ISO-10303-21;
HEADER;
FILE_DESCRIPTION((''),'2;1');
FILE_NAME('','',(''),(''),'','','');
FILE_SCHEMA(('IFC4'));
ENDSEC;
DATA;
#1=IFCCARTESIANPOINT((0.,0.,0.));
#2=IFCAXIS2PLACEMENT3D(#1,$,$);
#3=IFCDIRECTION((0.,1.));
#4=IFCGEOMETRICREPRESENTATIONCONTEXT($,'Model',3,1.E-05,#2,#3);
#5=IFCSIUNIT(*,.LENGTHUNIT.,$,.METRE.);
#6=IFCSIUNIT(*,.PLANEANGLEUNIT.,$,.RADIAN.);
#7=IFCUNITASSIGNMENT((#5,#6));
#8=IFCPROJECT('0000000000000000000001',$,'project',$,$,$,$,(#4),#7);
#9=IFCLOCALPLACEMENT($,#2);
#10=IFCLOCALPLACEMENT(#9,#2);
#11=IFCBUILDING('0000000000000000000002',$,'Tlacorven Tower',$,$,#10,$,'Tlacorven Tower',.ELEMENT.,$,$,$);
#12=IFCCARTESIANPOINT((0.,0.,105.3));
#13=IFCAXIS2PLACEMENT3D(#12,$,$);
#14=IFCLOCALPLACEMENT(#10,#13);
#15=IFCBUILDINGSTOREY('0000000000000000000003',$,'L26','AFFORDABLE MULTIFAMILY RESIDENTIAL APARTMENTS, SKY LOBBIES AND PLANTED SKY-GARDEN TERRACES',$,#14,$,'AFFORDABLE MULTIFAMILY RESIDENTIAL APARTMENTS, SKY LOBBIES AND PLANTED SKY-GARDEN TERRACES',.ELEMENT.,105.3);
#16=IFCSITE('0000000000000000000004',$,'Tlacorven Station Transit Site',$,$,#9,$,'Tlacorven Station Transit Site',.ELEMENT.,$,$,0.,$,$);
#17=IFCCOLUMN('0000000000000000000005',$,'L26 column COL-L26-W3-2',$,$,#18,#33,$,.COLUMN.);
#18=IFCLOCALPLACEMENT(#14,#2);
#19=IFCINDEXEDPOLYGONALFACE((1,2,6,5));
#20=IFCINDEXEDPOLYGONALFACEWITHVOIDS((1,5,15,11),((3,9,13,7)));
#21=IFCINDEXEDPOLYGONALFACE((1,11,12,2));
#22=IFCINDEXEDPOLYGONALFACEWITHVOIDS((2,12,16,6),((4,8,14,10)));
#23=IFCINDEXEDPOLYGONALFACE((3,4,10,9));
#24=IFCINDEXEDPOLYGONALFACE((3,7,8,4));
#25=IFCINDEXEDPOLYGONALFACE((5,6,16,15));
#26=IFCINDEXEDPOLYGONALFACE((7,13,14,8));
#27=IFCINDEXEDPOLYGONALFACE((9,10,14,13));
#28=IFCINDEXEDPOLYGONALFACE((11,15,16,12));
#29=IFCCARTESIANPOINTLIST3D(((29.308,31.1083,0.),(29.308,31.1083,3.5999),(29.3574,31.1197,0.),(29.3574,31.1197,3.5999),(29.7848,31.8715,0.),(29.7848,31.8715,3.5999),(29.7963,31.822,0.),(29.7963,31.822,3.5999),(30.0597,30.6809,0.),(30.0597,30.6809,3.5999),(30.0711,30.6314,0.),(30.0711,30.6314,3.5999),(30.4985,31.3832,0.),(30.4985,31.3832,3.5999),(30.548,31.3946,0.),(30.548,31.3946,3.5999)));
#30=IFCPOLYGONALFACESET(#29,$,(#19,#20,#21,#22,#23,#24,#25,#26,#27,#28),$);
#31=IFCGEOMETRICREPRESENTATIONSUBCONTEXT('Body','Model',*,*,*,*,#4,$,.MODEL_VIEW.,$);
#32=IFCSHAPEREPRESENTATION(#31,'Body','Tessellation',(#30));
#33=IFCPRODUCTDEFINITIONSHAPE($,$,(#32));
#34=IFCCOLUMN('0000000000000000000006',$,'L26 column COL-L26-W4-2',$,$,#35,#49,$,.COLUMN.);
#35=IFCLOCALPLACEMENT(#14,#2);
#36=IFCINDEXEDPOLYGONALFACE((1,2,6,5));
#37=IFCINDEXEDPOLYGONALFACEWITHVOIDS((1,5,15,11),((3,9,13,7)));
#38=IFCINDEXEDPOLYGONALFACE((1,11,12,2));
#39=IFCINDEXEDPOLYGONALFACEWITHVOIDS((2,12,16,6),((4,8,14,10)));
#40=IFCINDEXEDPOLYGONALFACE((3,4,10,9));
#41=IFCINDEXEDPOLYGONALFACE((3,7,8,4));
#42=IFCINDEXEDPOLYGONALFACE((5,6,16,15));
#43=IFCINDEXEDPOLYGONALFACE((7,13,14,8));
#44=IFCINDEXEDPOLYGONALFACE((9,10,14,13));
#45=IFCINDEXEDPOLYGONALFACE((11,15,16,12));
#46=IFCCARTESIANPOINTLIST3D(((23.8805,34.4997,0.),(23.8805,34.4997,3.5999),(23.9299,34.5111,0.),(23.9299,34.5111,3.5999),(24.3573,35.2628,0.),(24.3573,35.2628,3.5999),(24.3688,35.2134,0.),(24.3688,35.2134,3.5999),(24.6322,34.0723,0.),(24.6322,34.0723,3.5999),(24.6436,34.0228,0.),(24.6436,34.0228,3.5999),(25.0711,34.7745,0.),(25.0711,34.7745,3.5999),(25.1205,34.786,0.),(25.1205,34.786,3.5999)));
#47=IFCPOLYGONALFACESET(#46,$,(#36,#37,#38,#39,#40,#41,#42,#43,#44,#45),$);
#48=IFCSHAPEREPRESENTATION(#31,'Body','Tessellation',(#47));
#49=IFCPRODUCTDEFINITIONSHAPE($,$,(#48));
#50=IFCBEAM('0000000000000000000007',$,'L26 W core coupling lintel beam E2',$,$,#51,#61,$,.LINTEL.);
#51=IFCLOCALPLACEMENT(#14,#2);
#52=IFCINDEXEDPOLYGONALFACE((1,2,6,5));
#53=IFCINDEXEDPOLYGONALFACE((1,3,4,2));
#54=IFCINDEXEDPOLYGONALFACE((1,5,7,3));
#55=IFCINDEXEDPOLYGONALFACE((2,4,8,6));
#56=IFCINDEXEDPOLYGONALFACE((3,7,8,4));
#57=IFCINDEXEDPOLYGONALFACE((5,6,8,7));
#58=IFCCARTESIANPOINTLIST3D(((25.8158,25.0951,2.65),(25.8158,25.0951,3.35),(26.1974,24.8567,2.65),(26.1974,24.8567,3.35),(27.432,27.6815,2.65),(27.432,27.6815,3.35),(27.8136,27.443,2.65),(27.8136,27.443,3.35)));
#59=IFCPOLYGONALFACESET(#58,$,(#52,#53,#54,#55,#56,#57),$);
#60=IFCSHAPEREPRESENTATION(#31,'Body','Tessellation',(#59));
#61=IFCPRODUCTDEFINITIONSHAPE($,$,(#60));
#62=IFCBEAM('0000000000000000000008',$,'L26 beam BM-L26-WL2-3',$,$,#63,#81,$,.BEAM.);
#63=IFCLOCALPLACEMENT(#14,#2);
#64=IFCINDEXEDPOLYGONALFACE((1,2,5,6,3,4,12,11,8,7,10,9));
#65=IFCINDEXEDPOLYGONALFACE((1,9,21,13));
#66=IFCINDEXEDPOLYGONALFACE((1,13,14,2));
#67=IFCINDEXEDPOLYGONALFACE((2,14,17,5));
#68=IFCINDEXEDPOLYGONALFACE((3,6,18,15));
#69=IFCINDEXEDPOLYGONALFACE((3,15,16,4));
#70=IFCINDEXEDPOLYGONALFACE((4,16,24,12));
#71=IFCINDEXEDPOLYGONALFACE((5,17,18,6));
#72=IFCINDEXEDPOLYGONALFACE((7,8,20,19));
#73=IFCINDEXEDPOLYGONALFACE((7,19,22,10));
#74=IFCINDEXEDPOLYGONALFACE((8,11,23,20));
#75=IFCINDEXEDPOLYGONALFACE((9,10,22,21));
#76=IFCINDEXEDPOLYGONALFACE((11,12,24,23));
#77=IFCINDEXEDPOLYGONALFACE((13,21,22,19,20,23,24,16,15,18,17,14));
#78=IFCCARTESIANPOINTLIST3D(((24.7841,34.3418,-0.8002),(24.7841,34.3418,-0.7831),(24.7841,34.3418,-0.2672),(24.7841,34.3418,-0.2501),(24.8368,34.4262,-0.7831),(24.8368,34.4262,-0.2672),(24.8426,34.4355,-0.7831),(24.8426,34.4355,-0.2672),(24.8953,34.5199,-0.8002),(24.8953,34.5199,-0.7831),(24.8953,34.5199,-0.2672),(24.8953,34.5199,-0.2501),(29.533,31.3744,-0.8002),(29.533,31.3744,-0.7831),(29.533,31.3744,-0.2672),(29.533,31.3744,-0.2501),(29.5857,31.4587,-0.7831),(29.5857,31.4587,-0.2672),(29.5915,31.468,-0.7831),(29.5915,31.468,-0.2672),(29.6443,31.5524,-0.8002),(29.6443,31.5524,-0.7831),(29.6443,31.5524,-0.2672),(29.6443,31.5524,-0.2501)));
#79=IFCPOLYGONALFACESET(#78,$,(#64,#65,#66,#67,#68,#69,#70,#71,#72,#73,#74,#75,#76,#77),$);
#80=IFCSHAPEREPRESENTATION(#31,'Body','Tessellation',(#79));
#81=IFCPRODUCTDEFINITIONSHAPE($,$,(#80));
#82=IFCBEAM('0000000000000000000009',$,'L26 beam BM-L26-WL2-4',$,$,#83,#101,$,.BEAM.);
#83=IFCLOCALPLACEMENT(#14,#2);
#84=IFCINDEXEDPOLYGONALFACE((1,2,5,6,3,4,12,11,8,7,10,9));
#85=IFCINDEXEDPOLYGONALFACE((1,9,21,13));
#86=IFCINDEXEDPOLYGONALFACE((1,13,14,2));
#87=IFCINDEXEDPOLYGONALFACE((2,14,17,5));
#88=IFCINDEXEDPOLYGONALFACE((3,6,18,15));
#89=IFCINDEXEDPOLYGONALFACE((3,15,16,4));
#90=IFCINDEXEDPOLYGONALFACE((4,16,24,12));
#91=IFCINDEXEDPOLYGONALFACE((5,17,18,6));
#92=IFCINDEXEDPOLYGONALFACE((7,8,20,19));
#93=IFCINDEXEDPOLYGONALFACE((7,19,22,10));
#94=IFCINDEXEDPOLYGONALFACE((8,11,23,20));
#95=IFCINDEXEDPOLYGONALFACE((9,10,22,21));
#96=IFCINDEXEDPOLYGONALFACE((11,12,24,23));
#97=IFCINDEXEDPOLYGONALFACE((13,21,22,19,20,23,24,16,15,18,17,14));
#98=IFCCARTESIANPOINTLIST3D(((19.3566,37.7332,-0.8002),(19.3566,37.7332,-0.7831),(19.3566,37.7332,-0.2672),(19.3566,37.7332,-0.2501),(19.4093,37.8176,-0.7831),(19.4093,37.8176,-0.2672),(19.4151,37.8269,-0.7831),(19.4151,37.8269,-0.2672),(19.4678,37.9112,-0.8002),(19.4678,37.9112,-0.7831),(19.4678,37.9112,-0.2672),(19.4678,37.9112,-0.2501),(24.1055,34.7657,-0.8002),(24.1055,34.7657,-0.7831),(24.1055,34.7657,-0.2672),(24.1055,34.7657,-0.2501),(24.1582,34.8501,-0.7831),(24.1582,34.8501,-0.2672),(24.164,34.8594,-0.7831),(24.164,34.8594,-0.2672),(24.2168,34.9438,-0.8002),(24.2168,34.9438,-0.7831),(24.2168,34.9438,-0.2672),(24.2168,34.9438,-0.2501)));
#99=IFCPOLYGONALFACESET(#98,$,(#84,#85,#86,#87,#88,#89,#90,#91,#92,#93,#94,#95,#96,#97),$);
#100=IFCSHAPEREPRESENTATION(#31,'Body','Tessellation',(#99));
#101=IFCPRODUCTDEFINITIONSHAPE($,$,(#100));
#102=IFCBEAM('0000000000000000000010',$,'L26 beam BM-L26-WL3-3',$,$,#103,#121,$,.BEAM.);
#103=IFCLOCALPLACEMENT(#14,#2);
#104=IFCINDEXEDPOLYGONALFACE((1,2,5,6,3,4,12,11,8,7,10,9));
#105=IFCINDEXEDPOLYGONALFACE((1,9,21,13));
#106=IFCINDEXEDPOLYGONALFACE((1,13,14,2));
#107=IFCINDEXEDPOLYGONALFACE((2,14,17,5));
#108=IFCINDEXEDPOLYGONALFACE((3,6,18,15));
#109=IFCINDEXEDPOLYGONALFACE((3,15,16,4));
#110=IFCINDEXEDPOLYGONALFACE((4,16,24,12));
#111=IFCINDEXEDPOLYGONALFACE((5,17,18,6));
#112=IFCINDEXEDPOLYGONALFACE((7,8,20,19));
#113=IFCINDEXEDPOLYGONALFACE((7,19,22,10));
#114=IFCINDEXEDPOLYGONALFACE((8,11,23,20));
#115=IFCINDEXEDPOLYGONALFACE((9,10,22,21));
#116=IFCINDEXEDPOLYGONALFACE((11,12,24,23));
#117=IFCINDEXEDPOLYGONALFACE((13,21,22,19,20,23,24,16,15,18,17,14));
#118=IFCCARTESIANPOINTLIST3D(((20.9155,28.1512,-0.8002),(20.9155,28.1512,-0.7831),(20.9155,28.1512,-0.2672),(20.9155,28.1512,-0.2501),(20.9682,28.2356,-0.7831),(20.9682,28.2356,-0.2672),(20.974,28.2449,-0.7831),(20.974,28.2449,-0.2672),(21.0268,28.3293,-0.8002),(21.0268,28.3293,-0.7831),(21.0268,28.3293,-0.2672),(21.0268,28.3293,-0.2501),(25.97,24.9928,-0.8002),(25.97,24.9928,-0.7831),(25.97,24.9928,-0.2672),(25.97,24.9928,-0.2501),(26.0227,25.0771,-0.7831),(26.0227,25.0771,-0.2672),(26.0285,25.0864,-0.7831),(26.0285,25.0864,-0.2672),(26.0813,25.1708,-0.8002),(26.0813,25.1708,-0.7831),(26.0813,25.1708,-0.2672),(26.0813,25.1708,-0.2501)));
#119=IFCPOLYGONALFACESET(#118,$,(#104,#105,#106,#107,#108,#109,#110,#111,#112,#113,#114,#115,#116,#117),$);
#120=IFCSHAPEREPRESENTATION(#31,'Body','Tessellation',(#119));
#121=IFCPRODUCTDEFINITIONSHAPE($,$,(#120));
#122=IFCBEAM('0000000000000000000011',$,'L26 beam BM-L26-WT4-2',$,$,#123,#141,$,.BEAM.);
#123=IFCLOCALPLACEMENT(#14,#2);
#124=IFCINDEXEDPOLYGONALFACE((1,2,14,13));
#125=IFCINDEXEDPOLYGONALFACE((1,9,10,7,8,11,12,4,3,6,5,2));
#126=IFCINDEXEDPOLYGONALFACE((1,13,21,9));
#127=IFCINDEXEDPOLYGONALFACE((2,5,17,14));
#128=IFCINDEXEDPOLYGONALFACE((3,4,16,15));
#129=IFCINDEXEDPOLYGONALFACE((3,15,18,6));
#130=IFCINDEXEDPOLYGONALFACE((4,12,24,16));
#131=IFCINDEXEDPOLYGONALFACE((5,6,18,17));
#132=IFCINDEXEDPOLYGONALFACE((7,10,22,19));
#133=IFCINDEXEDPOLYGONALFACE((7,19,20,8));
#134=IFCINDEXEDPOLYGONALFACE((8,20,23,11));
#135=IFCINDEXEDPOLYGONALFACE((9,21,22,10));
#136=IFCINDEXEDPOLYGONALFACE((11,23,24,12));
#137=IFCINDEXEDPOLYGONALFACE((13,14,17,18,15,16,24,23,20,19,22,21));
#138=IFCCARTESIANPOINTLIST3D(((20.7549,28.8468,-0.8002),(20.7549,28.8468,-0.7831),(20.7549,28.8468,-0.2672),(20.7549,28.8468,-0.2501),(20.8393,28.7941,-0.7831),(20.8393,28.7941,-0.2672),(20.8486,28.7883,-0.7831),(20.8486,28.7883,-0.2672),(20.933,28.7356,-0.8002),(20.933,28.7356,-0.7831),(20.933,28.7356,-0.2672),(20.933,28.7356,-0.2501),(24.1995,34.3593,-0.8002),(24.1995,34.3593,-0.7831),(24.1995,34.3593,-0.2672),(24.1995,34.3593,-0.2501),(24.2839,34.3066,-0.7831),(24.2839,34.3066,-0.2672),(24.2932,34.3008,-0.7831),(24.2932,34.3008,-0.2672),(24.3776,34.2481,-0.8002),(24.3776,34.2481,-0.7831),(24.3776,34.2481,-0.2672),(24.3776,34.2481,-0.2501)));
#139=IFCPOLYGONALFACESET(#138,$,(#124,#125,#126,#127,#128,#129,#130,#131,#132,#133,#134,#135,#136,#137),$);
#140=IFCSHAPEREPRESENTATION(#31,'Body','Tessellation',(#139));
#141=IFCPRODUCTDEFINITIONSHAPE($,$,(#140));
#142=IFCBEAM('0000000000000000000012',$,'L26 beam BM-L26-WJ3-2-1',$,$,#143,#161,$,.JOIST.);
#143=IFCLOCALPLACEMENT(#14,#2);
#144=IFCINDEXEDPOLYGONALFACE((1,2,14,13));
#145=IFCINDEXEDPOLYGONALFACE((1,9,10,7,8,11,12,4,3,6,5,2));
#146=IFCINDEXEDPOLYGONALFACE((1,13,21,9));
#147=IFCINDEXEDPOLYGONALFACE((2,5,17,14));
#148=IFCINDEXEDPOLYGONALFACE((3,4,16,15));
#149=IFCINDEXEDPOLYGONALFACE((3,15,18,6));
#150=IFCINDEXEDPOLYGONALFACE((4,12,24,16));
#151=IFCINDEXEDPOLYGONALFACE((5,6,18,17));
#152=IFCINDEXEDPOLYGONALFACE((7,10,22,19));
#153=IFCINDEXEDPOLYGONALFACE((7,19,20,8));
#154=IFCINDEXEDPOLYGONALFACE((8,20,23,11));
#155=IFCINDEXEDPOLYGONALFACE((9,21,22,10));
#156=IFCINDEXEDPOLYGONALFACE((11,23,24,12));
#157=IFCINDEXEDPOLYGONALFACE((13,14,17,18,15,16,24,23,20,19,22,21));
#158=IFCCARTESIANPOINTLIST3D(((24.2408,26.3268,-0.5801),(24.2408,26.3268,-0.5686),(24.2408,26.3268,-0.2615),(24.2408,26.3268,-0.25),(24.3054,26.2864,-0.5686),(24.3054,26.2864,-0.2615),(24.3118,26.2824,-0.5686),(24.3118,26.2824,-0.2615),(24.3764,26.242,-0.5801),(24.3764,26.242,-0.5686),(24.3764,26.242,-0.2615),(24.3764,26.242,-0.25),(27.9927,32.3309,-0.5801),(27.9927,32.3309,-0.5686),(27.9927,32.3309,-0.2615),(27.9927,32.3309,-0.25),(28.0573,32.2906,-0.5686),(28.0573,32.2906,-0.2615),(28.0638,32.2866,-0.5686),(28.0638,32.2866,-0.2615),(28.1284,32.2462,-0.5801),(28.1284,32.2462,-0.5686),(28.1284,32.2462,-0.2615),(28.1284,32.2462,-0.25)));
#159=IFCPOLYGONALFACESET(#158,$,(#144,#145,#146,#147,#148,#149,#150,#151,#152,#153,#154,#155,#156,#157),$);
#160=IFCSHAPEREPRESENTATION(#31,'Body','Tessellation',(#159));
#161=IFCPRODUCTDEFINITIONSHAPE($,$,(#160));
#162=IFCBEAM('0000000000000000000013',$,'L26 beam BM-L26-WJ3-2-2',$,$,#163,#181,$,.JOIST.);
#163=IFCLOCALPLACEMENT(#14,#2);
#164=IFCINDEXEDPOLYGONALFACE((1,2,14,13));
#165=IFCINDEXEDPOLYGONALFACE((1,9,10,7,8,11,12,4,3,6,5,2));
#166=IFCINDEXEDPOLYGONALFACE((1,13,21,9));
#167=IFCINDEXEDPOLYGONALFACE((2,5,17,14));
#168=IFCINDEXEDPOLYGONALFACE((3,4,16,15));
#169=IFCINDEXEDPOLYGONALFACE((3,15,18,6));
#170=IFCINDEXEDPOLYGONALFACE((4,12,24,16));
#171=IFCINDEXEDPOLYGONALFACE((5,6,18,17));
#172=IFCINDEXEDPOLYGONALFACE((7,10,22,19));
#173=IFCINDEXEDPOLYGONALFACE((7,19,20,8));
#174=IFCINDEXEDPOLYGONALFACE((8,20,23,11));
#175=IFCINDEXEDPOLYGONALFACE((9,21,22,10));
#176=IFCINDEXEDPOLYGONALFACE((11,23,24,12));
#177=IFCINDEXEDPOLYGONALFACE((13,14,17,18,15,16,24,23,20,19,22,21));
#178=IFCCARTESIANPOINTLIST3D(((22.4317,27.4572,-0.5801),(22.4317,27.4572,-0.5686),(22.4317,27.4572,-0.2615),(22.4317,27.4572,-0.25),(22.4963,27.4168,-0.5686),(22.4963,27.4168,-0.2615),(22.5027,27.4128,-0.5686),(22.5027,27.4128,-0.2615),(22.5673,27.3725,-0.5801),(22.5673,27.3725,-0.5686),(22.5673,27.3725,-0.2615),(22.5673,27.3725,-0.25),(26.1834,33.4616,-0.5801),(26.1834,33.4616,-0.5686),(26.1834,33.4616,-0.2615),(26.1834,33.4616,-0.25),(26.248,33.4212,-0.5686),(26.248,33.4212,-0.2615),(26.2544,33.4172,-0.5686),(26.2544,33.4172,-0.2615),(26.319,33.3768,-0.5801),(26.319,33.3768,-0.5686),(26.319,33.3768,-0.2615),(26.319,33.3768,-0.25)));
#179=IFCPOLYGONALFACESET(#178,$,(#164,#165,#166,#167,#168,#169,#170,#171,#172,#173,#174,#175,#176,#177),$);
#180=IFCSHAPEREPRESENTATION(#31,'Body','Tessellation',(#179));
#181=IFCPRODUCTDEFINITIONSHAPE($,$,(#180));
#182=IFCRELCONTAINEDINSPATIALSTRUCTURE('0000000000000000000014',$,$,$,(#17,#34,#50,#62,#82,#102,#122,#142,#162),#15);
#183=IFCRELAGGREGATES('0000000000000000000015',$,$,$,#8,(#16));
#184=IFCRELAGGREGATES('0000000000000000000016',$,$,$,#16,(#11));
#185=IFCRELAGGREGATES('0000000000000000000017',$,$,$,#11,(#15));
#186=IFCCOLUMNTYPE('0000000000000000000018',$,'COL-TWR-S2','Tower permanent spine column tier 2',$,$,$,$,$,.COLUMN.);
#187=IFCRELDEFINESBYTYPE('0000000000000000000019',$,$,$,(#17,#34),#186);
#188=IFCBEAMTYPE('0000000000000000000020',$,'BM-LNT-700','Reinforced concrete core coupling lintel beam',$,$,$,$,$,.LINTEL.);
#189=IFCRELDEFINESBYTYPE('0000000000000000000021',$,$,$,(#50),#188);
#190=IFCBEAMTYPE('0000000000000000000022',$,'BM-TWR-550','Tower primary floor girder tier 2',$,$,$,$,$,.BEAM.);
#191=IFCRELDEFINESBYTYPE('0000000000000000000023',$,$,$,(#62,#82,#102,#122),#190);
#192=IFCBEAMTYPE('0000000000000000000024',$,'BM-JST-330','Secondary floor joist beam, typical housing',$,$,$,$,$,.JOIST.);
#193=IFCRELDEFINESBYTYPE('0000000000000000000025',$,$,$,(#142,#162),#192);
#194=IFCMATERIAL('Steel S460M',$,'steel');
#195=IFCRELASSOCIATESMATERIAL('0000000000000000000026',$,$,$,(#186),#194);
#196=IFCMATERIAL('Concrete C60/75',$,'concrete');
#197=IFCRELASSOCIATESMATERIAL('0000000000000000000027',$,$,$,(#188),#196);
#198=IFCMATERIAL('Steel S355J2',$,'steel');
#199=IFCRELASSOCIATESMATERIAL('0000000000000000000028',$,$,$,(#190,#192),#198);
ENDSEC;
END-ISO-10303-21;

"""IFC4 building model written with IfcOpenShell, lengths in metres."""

from ifc_helpers import new_model, si_unit, direction, frame, origin, origin_2d, place, context, subcontext, project, spatial, rectangle, hollow_rectangle, i_section, extrude, source, transform, mapped, material, material_profile, profile_set, type_object, element, save


model = new_model("IFC4")

# Units and contexts
model_context = context("Model", 3, precision=1e-05, world=origin(), true_north=direction((0.0, 1.0)))
body_context = subcontext(model_context, "Body", "Model", "MODEL_VIEW")
ifc_project = project(units=[si_unit("LENGTHUNIT", "METRE"), si_unit("PLANEANGLEUNIT", "RADIAN")], contexts=[model_context])

# Site, building, storey
site_placement = place(None, origin())
site = spatial("IfcSite", under=ifc_project, at=site_placement, Name="Tlacorven Station Transit Site", LongName="Tlacorven Station Transit Site", CompositionType="ELEMENT", RefElevation=0.0)
building_placement = place(site_placement, origin())
building = spatial("IfcBuilding", under=site, at=building_placement, Name="Tlacorven Tower", LongName="Tlacorven Tower", CompositionType="ELEMENT")
storey_placement = place(building_placement, frame((0.0, 0.0, 105.3)))
storey = spatial("IfcBuildingStorey", under=building, at=storey_placement, Name="L26", Description="AFFORDABLE MULTIFAMILY RESIDENTIAL APARTMENTS, SKY LOBBIES AND PLANTED SKY-GARDEN TERRACES", LongName="AFFORDABLE MULTIFAMILY RESIDENTIAL APARTMENTS, SKY LOBBIES AND PLANTED SKY-GARDEN TERRACES", CompositionType="ELEMENT", Elevation=105.3)

# Columns
ifc_material_1 = material(Name="Steel S460M", Category="steel")
ifc_material_profile_1 = material_profile(ifc_material_1, hollow_rectangle(XDim=0.8999, YDim=0.8999, WallThickness=0.0359, at=origin_2d()), Name="BOX 900X900X36")
ifc_profile_set_1 = profile_set([ifc_material_profile_1], Name="Steel S460M")
column_type = type_object("IfcColumnType", Name="COL-TWR-S2", Description="Tower permanent spine column tier 2", PredefinedType="COLUMN", material=ifc_profile_set_1)
shared_shape_1 = source(origin(), body_context, "Body", "SweptSolid", [
    extrude(hollow_rectangle(XDim=0.8999, YDim=0.8999, WallThickness=0.0359, at=origin_2d()), origin(), (0.0, 0.0, 1.0), 3.5999),
])
for number, where, z_axis, x_axis, name in (
    (1, (29.928, 31.2515, 0.0), (0.0, 0.0, 1.0), (-0.848048, 0.529919, 0.0), "L26 column COL-L26-W3-2"),
    (2, (24.5005, 34.6428, 0.0), (0.0, 0.0, 1.0), (-0.848048, 0.529919, 0.0), "L26 column COL-L26-W4-2"),
):
    element("IfcColumn", number, at=place(storey_placement, frame(where, z_axis=z_axis, x_axis=x_axis)), inside=storey, type_object=column_type, Name=name, PredefinedType="COLUMN", context=body_context, shape_type="MappedRepresentation", body=[
        mapped(shared_shape_1, transform((0.0, 0.0, 0.0), scale=1.0)),
    ])

# Beams
ifc_material_2 = material(Name="Concrete C60/75", Category="concrete")
ifc_material_profile_2 = material_profile(ifc_material_2, rectangle(XDim=0.45, YDim=0.7, at=origin_2d()), Name="RC 450X700")
ifc_profile_set_2 = profile_set([ifc_material_profile_2], Name="Concrete C60/75")
beam_type_1 = type_object("IfcBeamType", Name="BM-LNT-700", Description="Reinforced concrete core coupling lintel beam", PredefinedType="LINTEL", material=ifc_profile_set_2)
shared_shape_2 = source(origin(), body_context, "Body", "SweptSolid", [
    extrude(rectangle(XDim=0.45, YDim=0.7, at=origin_2d()), origin(), (0.0, 0.0, 1.0), 3.0498),
])
beam_1_placement = place(storey_placement, frame((27.6228, 27.5623, 3.0), z_axis=(-0.529927, -0.848043, 0.0), x_axis=(0.848043, -0.529927, 0.0)))
element("IfcBeam", 3, at=beam_1_placement, inside=storey, type_object=beam_type_1, Name="L26 W core coupling lintel beam E2", PredefinedType="LINTEL", context=body_context, shape_type="MappedRepresentation", body=[
    mapped(shared_shape_2, transform((0.0, 0.0, 0.0), scale=1.0)),
])
ifc_material_3 = material(Name="Steel S355J2", Category="steel")
ifc_material_profile_3 = material_profile(ifc_material_3, i_section(OverallWidth=0.21, OverallDepth=0.55, WebThickness=0.011, FlangeThickness=0.0171, at=origin_2d()), Name="IPE 550")
ifc_profile_set_3 = profile_set([ifc_material_profile_3], Name="Steel S355J2")
beam_type_2 = type_object("IfcBeamType", Name="BM-TWR-550", Description="Tower primary floor girder tier 2", PredefinedType="BEAM", material=ifc_profile_set_3)
shared_shape_3 = source(origin(), body_context, "Body", "SweptSolid", [
    extrude(i_section(OverallWidth=0.21, OverallDepth=0.55, WebThickness=0.011, FlangeThickness=0.0171, at=origin_2d()), origin(), (0.0, 0.0, 1.0), 5.5999),
])
for number, where, z_axis, x_axis, name in (
    (4, (29.5886, 31.4634, -0.5251), (-0.848047, 0.529921, 0.0), (-0.529921, -0.848047, 0.0), "L26 beam BM-L26-WL2-3"),
    (5, (24.1611, 34.8547, -0.5251), (-0.848047, 0.529921, 0.0), (-0.529921, -0.848047, 0.0), "L26 beam BM-L26-WL2-4"),
):
    element("IfcBeam", number, at=place(storey_placement, frame(where, z_axis=z_axis, x_axis=x_axis)), inside=storey, type_object=beam_type_2, Name=name, PredefinedType="BEAM", context=body_context, shape_type="MappedRepresentation", body=[
        mapped(shared_shape_3, transform((0.0, 0.0, 0.0), scale=1.0)),
    ])
shared_shape_4 = source(origin(), body_context, "Body", "SweptSolid", [
    extrude(i_section(OverallWidth=0.21, OverallDepth=0.55, WebThickness=0.011, FlangeThickness=0.0171, at=origin_2d()), origin(), (0.0, 0.0, 1.0), 5.9602),
])
beam_2_placement = place(storey_placement, frame((26.0256, 25.0818, -0.5251), z_axis=(-0.848042, 0.529929, 0.0), x_axis=(-0.529929, -0.848042, 0.0)))
element("IfcBeam", 6, at=beam_2_placement, inside=storey, type_object=beam_type_2, Name="L26 beam BM-L26-WL3-3", PredefinedType="BEAM", context=body_context, shape_type="MappedRepresentation", body=[
    mapped(shared_shape_4, transform((0.0, 0.0, 0.0), scale=1.0)),
])
shared_shape_5 = source(origin(), body_context, "Body", "SweptSolid", [
    extrude(i_section(OverallWidth=0.21, OverallDepth=0.55, WebThickness=0.011, FlangeThickness=0.0171, at=origin_2d()), origin(), (0.0, 0.0, 1.0), 6.5002),
])
beam_3_placement = place(storey_placement, frame((24.2886, 34.3037, -0.5251), z_axis=(-0.529921, -0.848047, 0.0), x_axis=(0.848047, -0.529921, 0.0)))
element("IfcBeam", 7, at=beam_3_placement, inside=storey, type_object=beam_type_2, Name="L26 beam BM-L26-WT4-2", PredefinedType="BEAM", context=body_context, shape_type="MappedRepresentation", body=[
    mapped(shared_shape_5, transform((0.0, 0.0, 0.0), scale=1.0)),
])
ifc_material_profile_4 = material_profile(ifc_material_3, i_section(OverallWidth=0.1599, OverallDepth=0.3301, WebThickness=0.0076, FlangeThickness=0.0115, at=origin_2d()), Name="IPE 330")
ifc_profile_set_4 = profile_set([ifc_material_profile_4], Name="Steel S355J2")
beam_type_3 = type_object("IfcBeamType", Name="BM-JST-330", Description="Secondary floor joist beam, typical housing", PredefinedType="JOIST", material=ifc_profile_set_4)
shared_shape_6 = source(origin(), body_context, "Body", "SweptSolid", [
    extrude(i_section(OverallWidth=0.1599, OverallDepth=0.3301, WebThickness=0.0076, FlangeThickness=0.0115, at=origin_2d()), origin(), (0.0, 0.0, 1.0), 7.0801),
])
for number, where, z_axis, x_axis, name in (
    (8, (28.0605, 32.2886, -0.415), (-0.529934, -0.848039, 0.0), (0.848039, -0.529934, 0.0), "L26 beam BM-L26-WJ3-2-1"),
    (9, (26.2512, 33.4192, -0.415), (-0.529894, -0.848064, 0.0), (0.848064, -0.529894, 0.0), "L26 beam BM-L26-WJ3-2-2"),
):
    element("IfcBeam", number, at=place(storey_placement, frame(where, z_axis=z_axis, x_axis=x_axis)), inside=storey, type_object=beam_type_3, Name=name, PredefinedType="JOIST", context=body_context, shape_type="MappedRepresentation", body=[
        mapped(shared_shape_6, transform((0.0, 0.0, 0.0), scale=1.0)),
    ])

save(model, "model.ifc")
